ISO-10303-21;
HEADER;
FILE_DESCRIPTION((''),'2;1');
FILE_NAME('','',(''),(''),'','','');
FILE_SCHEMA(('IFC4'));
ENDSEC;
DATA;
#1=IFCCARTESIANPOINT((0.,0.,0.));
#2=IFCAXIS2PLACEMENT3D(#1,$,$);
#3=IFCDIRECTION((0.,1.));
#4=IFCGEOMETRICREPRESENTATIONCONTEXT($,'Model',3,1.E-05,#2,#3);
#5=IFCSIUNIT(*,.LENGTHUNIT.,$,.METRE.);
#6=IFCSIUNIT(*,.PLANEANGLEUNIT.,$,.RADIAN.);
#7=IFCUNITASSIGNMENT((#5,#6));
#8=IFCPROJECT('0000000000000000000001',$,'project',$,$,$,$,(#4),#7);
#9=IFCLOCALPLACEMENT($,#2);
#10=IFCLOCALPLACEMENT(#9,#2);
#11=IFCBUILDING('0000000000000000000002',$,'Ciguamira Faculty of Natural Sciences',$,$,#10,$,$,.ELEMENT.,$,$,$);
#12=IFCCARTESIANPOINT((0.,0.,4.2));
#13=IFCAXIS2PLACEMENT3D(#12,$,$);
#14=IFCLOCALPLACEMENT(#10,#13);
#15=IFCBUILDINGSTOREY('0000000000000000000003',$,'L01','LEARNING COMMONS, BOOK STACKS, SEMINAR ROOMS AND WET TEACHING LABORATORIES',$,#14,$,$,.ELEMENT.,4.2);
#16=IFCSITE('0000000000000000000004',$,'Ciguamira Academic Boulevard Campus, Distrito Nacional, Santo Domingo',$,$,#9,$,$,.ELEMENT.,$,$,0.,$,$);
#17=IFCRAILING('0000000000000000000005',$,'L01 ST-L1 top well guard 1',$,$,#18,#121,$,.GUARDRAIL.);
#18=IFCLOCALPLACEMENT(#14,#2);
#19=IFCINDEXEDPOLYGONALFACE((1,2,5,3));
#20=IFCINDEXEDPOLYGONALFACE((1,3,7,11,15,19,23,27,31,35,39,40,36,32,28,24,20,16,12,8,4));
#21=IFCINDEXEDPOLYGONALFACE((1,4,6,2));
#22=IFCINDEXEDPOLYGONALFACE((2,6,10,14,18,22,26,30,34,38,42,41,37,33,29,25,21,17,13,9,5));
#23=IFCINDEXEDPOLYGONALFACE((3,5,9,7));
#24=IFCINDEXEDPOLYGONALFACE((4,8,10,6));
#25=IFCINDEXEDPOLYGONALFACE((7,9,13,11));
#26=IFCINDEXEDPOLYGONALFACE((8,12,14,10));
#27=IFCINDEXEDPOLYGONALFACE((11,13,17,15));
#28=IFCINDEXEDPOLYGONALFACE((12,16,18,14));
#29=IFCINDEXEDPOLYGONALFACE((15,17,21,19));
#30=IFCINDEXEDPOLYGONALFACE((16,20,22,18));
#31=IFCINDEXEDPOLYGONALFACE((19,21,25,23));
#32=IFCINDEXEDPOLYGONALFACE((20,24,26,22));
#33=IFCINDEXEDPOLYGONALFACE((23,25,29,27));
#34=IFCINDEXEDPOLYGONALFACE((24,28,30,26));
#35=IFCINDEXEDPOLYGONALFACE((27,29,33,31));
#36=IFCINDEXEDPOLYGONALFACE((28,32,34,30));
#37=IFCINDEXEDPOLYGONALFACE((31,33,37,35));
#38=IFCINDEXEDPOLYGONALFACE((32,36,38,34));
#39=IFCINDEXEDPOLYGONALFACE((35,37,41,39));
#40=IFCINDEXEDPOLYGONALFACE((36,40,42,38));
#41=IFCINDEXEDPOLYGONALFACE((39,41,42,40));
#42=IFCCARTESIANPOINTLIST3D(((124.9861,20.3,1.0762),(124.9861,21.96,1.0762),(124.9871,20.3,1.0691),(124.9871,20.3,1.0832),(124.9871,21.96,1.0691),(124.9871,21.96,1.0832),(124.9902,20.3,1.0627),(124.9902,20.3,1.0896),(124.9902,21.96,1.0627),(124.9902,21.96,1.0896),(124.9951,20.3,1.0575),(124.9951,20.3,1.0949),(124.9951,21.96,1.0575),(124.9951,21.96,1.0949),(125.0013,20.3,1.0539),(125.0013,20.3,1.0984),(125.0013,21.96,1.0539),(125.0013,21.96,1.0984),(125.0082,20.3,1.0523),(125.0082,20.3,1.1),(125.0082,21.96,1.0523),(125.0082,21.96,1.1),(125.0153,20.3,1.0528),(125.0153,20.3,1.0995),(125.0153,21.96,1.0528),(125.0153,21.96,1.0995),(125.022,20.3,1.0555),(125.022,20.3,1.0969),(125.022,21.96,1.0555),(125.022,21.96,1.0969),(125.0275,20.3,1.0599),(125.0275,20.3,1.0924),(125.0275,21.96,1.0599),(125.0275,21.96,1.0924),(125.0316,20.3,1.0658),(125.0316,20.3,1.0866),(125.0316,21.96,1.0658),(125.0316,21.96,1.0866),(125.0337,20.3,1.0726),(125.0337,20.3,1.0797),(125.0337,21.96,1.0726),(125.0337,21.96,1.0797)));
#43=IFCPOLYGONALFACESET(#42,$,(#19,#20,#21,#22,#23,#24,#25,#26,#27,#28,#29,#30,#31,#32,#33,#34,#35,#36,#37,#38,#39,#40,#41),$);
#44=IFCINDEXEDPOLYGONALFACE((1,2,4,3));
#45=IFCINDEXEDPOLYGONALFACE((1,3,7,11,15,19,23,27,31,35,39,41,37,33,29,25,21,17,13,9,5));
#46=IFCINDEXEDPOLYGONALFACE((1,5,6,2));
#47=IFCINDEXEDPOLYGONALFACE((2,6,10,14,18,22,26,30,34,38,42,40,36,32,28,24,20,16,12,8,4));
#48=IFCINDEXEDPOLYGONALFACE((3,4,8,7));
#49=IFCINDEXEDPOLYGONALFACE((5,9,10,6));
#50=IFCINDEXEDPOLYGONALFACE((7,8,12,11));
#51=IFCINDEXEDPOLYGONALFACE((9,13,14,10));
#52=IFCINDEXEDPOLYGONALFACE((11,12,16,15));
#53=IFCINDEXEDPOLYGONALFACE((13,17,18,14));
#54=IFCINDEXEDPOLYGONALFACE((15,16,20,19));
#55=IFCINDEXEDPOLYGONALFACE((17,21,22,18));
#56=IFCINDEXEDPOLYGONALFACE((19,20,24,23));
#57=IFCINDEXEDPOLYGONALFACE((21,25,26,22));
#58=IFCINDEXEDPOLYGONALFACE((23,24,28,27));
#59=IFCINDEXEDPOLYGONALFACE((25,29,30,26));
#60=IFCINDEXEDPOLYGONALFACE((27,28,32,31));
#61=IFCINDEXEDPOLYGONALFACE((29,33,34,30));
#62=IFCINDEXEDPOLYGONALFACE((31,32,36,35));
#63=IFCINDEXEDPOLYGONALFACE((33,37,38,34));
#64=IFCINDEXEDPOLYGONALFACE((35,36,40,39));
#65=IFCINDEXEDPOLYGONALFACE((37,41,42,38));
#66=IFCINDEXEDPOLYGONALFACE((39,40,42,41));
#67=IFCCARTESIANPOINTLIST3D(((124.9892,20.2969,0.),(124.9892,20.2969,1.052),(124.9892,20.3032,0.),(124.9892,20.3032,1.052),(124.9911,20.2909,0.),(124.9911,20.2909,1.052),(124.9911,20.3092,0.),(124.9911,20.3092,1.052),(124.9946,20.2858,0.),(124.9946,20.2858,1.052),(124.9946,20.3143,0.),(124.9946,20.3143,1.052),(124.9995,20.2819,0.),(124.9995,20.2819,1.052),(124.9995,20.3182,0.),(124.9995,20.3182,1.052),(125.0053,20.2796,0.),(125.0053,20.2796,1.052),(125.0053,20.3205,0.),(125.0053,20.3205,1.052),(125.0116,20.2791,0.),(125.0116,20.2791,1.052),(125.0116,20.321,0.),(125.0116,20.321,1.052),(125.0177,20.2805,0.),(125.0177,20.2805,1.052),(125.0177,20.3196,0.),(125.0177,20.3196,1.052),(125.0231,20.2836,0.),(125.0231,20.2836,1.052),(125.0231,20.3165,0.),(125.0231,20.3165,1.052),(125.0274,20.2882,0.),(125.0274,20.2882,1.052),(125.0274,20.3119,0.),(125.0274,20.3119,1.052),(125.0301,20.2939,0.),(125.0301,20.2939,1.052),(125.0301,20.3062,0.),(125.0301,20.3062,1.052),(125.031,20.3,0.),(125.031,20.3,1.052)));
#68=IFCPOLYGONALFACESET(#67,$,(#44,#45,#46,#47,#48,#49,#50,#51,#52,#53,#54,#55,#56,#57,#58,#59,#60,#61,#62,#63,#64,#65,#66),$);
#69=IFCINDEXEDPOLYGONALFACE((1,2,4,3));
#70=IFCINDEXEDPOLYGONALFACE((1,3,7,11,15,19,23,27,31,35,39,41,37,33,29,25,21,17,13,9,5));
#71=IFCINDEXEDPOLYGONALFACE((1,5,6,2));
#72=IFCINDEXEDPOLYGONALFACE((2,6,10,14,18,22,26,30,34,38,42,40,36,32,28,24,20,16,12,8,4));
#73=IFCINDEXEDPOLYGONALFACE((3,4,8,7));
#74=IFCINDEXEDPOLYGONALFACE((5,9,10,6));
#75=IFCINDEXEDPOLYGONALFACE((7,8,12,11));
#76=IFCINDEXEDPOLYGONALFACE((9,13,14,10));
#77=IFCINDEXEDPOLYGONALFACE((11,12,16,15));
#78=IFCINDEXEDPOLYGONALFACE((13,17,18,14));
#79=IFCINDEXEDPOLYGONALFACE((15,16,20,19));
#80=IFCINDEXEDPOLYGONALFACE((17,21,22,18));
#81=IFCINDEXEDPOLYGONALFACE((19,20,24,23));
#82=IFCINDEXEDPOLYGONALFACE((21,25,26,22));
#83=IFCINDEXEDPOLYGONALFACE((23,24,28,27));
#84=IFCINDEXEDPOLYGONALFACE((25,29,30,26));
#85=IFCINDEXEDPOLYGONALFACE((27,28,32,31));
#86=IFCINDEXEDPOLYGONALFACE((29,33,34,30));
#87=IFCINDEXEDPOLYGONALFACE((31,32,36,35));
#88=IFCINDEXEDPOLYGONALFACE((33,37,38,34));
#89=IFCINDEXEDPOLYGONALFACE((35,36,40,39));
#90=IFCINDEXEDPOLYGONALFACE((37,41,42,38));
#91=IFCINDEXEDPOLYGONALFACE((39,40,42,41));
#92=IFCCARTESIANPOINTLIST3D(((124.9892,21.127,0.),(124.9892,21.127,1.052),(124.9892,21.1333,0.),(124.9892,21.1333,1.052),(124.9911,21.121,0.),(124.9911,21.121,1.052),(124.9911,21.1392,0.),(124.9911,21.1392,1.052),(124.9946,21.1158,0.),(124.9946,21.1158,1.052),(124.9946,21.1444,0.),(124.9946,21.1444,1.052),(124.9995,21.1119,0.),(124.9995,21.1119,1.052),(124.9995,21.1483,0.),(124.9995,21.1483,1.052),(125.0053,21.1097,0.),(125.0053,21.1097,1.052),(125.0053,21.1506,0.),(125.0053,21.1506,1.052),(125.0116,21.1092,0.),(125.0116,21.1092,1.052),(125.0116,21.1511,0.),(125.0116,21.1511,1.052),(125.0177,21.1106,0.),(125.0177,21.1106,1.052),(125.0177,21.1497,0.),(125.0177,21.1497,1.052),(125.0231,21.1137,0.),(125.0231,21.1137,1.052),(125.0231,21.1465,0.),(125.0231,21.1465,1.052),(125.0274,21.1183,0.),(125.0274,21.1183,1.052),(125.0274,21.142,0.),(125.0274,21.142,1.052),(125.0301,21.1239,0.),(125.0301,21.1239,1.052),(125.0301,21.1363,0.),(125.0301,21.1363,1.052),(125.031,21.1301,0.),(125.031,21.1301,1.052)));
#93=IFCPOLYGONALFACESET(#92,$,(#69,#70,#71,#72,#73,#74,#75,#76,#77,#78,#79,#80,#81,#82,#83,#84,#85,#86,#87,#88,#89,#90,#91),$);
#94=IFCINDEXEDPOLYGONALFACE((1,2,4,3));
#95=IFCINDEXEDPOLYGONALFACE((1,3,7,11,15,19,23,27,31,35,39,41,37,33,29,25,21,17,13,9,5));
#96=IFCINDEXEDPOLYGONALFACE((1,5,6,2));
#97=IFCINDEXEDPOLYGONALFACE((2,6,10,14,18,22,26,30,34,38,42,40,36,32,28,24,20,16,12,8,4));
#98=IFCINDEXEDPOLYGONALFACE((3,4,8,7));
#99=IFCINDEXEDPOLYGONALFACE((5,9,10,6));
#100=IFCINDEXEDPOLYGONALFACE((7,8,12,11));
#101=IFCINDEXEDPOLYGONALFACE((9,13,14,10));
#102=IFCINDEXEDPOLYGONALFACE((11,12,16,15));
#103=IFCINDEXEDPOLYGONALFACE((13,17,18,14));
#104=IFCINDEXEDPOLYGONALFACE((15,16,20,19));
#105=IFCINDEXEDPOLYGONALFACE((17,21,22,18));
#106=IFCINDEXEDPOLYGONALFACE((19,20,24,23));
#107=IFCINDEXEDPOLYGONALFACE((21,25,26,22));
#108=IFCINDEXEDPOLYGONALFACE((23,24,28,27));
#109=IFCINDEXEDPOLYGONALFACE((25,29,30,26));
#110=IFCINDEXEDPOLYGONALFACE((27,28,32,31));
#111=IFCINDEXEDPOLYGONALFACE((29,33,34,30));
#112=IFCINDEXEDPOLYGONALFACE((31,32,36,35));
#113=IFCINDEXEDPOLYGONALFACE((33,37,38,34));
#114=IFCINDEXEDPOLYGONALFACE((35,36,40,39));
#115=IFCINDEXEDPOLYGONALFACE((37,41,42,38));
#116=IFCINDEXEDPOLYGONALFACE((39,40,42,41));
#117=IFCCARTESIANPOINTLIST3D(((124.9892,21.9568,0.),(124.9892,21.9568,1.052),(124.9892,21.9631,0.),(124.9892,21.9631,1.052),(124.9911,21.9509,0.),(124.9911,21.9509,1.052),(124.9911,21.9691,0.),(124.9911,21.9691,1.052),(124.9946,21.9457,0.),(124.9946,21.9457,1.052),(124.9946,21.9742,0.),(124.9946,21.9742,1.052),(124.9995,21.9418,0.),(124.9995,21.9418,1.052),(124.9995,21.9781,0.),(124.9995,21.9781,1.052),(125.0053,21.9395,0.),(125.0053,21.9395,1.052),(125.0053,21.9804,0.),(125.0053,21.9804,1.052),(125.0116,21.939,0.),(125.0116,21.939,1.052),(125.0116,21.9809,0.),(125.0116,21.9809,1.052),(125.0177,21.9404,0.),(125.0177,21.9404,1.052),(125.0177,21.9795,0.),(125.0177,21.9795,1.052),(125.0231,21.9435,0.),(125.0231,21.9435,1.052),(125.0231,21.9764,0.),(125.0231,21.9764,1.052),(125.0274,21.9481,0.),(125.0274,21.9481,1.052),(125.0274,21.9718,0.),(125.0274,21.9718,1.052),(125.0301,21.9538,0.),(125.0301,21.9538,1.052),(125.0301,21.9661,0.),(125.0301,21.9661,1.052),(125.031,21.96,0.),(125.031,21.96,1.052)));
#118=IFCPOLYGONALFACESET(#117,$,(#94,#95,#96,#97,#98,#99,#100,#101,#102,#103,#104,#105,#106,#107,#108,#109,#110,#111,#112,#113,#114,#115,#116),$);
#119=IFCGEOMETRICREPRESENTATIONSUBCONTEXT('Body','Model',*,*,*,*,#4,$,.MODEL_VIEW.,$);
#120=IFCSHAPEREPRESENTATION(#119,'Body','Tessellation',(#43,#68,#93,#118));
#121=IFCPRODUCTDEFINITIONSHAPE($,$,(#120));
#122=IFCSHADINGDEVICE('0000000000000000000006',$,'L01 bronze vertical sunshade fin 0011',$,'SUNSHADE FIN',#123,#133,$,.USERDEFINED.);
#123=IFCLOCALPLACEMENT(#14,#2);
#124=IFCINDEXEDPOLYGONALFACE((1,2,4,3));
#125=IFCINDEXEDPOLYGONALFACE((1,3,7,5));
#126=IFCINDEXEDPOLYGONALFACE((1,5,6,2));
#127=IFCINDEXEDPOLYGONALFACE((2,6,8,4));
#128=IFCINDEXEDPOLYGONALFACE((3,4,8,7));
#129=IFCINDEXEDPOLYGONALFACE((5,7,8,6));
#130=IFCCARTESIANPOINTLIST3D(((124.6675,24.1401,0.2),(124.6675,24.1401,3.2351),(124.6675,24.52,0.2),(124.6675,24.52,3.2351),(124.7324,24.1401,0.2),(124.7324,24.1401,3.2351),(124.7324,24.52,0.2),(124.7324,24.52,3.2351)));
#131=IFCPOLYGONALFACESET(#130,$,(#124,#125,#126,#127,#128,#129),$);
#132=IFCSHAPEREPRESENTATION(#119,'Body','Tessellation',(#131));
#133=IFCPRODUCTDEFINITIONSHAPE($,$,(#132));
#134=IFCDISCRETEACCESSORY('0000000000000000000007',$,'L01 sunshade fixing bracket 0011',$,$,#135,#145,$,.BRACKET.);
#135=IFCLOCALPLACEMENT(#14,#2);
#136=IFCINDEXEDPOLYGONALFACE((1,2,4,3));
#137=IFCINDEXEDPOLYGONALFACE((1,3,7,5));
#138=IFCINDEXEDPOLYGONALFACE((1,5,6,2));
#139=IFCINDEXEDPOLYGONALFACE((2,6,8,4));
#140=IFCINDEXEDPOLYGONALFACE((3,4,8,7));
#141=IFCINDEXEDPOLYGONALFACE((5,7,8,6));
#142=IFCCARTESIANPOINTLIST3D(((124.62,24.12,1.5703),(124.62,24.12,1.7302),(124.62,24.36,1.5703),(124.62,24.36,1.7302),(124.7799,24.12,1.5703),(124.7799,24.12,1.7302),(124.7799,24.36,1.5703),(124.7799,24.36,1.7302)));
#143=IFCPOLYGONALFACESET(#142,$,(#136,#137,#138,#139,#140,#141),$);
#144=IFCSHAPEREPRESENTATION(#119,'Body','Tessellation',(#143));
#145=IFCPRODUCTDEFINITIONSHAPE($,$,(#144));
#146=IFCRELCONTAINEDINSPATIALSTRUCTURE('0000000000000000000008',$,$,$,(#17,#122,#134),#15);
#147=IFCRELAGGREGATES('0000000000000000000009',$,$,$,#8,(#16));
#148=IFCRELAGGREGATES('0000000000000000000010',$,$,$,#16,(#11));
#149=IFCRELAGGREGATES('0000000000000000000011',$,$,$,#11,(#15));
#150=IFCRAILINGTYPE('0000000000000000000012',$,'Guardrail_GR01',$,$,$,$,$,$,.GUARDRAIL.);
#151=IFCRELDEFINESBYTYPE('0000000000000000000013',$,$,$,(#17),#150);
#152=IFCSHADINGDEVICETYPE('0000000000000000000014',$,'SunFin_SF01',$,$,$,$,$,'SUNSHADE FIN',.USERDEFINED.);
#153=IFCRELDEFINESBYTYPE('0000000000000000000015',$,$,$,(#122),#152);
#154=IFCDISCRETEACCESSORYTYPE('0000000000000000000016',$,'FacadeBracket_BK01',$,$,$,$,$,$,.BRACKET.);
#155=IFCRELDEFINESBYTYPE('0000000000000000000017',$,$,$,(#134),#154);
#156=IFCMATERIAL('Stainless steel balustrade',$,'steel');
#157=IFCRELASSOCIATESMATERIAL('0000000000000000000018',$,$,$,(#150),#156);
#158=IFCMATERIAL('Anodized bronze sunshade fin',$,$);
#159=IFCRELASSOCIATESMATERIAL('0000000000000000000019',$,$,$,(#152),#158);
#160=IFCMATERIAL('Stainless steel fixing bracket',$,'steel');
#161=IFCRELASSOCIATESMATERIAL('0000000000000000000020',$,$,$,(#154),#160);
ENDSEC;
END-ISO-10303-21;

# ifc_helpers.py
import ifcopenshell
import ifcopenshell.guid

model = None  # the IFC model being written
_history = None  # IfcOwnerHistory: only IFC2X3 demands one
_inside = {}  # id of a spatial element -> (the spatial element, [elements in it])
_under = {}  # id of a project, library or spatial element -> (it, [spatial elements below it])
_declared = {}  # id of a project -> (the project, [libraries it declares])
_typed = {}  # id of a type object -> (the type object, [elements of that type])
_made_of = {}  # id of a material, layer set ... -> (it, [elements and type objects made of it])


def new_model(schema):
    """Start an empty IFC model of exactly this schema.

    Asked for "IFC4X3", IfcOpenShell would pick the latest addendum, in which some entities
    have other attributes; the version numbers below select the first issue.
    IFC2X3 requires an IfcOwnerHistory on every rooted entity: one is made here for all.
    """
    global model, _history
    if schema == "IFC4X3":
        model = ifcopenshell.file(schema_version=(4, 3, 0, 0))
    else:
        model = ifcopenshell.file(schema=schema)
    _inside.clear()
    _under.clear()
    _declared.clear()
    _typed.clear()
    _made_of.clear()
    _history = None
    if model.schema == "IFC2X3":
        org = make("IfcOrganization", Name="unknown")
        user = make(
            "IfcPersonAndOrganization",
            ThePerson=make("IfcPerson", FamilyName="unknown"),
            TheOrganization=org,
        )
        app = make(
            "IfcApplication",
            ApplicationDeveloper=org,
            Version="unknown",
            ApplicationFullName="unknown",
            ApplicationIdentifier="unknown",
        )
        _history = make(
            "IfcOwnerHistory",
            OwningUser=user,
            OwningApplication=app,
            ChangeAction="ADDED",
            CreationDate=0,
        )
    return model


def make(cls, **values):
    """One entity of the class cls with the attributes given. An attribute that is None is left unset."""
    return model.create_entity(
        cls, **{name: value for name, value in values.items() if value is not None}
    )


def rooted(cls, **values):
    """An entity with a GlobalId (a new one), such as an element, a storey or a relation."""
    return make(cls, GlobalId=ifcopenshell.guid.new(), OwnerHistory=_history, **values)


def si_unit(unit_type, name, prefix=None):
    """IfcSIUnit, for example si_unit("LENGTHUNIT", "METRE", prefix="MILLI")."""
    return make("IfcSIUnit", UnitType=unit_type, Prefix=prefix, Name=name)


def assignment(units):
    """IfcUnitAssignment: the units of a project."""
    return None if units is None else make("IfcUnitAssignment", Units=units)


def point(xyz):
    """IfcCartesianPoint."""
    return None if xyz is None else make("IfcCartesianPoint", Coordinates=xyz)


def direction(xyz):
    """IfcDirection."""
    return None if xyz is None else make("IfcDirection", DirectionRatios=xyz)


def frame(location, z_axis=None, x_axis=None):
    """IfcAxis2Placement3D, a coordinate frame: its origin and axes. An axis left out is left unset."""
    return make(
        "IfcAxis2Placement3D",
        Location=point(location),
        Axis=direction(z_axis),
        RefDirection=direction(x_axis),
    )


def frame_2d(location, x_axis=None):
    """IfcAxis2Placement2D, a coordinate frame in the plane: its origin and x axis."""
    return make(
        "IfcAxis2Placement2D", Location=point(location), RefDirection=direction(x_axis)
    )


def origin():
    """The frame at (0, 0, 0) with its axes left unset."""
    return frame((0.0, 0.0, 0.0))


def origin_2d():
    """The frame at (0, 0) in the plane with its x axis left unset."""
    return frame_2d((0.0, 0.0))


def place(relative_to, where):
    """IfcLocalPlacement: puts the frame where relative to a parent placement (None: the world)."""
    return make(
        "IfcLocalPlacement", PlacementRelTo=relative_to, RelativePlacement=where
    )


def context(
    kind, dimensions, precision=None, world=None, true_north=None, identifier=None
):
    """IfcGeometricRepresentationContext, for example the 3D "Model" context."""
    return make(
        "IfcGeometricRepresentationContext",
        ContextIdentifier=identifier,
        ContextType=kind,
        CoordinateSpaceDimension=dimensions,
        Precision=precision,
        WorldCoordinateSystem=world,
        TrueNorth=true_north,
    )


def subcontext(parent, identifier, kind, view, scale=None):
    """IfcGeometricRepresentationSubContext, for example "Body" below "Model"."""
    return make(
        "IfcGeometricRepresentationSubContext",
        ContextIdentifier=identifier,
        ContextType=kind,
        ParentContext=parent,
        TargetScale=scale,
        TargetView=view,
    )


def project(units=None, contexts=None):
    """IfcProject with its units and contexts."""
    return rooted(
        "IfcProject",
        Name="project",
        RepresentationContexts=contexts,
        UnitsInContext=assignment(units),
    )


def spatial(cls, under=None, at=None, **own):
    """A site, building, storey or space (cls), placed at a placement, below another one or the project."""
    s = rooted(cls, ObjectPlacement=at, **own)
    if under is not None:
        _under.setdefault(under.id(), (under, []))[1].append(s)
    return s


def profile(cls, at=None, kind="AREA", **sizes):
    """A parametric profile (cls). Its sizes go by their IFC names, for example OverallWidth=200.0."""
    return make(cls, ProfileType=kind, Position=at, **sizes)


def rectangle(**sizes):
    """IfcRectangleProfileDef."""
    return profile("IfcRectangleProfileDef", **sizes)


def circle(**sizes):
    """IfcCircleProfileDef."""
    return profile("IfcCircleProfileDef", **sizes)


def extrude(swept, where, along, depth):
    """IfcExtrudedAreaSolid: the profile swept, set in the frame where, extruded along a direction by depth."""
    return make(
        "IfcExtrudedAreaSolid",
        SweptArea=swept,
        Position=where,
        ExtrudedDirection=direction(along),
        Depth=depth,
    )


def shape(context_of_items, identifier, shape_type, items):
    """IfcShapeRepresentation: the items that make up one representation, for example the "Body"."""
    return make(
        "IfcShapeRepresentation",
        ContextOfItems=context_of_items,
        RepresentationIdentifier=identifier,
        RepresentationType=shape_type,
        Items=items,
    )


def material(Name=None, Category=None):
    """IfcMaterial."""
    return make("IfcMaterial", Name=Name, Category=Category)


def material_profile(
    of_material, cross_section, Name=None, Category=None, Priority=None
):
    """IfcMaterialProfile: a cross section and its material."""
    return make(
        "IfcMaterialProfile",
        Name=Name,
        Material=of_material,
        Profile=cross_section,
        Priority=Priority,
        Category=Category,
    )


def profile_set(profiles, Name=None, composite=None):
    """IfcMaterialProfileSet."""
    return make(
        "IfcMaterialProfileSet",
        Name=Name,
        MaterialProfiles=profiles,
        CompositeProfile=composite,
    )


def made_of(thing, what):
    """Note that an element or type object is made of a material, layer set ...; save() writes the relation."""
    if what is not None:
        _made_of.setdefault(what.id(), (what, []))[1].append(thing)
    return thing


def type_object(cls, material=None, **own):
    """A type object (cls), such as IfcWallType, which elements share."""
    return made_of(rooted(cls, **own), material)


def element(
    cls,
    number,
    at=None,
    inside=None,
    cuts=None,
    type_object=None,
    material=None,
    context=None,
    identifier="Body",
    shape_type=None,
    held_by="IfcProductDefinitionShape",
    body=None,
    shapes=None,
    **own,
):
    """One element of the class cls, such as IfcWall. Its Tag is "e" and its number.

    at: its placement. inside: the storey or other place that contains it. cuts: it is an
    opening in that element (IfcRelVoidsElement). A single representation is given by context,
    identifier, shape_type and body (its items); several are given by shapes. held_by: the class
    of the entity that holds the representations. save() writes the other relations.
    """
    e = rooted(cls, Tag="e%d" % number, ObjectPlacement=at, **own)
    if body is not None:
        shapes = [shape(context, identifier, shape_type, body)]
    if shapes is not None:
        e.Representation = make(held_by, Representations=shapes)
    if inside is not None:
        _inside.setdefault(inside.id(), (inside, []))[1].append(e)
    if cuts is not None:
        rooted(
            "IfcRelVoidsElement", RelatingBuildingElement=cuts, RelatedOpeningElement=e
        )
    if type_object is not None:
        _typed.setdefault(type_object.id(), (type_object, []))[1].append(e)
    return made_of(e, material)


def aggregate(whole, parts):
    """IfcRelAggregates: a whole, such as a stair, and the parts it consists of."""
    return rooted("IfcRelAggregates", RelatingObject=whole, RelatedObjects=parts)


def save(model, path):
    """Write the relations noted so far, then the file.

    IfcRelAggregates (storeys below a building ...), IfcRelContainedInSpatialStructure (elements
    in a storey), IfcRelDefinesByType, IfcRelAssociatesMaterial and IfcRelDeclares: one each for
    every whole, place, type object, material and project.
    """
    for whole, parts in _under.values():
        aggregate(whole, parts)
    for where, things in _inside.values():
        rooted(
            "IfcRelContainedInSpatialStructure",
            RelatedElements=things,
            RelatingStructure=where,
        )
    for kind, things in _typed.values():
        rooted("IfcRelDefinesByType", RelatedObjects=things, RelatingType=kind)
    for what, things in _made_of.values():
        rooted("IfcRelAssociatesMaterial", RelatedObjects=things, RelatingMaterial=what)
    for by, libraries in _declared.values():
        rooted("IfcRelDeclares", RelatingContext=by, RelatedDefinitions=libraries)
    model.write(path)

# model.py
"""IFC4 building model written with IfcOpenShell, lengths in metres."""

from ifc_helpers import new_model, si_unit, direction, frame, origin, origin_2d, place, context, subcontext, project, spatial, rectangle, circle, extrude, material, material_profile, profile_set, type_object, element, save


model = new_model("IFC4")

# Units and contexts
model_context = context("Model", 3, precision=1e-05, world=origin(), true_north=direction((0.0, 1.0)))
body_context = subcontext(model_context, "Body", "Model", "MODEL_VIEW")
ifc_project = project(units=[si_unit("LENGTHUNIT", "METRE"), si_unit("PLANEANGLEUNIT", "RADIAN")], contexts=[model_context])

# Site, building, storey
site_placement = place(None, origin())
site = spatial("IfcSite", under=ifc_project, at=site_placement, Name="Ciguamira Academic Boulevard Campus, Distrito Nacional, Santo Domingo", CompositionType="ELEMENT", RefElevation=0.0)
building_placement = place(site_placement, origin())
building = spatial("IfcBuilding", under=site, at=building_placement, Name="Ciguamira Faculty of Natural Sciences", CompositionType="ELEMENT")
storey_placement = place(building_placement, frame((0.0, 0.0, 4.2)))
storey = spatial("IfcBuildingStorey", under=building, at=storey_placement, Name="L01", Description="LEARNING COMMONS, BOOK STACKS, SEMINAR ROOMS AND WET TEACHING LABORATORIES", CompositionType="ELEMENT", Elevation=4.2)

# Railing
ifc_material_1 = material(Name="Stainless steel balustrade", Category="steel")
railing_type = type_object("IfcRailingType", Name="Guardrail_GR01", PredefinedType="GUARDRAIL", material=ifc_material_1)
railing_placement = place(storey_placement, frame((125.01, 20.3, 0.0)))
element("IfcRailing", 1, at=railing_placement, inside=storey, type_object=railing_type, Name="L01 ST-L1 top well guard 1", PredefinedType="GUARDRAIL", context=body_context, shape_type="SweptSolid", body=[
    extrude(circle(Radius=0.0239, at=origin_2d()), frame((0.0, 0.0, 1.0762), z_axis=(0.0, 1.0, 0.0), x_axis=(-1.0, 0.0, 0.0)), (0.0, 0.0, 1.0), 1.6599),
    extrude(circle(Radius=0.021, at=origin_2d()), origin(), (0.0, 0.0, 1.0), 1.052),
    extrude(circle(Radius=0.021, at=origin_2d()), frame((0.0, 0.8301, 0.0)), (0.0, 0.0, 1.0), 1.052),
    extrude(circle(Radius=0.021, at=origin_2d()), frame((0.0, 1.6599, 0.0)), (0.0, 0.0, 1.0), 1.052),
])

# Shading device
ifc_material_2 = material(Name="Anodized bronze sunshade fin")
ifc_material_profile_1 = material_profile(ifc_material_2, rectangle(XDim=0.0649, YDim=0.3799, at=origin_2d()), Name="BRZ-FIN-65X380")
ifc_profile_set_1 = profile_set([ifc_material_profile_1], Name="Anodized bronze sunshade fin")
shading_device_type = type_object("IfcShadingDeviceType", Name="SunFin_SF01", ElementType="SUNSHADE FIN", PredefinedType="USERDEFINED", material=ifc_profile_set_1)
shading_device_placement = place(storey_placement, frame((124.7, 24.3301, 0.2), z_axis=(0.0, 0.0, 1.0), x_axis=(1.0, 0.0, 0.0)))
element("IfcShadingDevice", 2, at=shading_device_placement, inside=storey, type_object=shading_device_type, Name="L01 bronze vertical sunshade fin 0011", ObjectType="SUNSHADE FIN", PredefinedType="USERDEFINED", context=body_context, shape_type="SweptSolid", body=[
    extrude(rectangle(XDim=0.0649, YDim=0.3799, at=origin_2d()), origin(), (0.0, 0.0, 1.0), 3.0352),
])

# Discrete accessory
ifc_material_3 = material(Name="Stainless steel fixing bracket", Category="steel")
discrete_accessory_type = type_object("IfcDiscreteAccessoryType", Name="FacadeBracket_BK01", PredefinedType="BRACKET", material=ifc_material_3)
discrete_accessory_placement = place(storey_placement, frame((124.7, 24.24, 1.5703), z_axis=(0.0, 0.0, 1.0), x_axis=(1.0, 0.0, 0.0)))
element("IfcDiscreteAccessory", 3, at=discrete_accessory_placement, inside=storey, type_object=discrete_accessory_type, Name="L01 sunshade fixing bracket 0011", PredefinedType="BRACKET", context=body_context, shape_type="SweptSolid", body=[
    extrude(rectangle(XDim=0.1599, YDim=0.24, at=origin_2d()), origin(), (0.0, 0.0, 1.0), 0.1599),
])

save(model, "model.ifc")
